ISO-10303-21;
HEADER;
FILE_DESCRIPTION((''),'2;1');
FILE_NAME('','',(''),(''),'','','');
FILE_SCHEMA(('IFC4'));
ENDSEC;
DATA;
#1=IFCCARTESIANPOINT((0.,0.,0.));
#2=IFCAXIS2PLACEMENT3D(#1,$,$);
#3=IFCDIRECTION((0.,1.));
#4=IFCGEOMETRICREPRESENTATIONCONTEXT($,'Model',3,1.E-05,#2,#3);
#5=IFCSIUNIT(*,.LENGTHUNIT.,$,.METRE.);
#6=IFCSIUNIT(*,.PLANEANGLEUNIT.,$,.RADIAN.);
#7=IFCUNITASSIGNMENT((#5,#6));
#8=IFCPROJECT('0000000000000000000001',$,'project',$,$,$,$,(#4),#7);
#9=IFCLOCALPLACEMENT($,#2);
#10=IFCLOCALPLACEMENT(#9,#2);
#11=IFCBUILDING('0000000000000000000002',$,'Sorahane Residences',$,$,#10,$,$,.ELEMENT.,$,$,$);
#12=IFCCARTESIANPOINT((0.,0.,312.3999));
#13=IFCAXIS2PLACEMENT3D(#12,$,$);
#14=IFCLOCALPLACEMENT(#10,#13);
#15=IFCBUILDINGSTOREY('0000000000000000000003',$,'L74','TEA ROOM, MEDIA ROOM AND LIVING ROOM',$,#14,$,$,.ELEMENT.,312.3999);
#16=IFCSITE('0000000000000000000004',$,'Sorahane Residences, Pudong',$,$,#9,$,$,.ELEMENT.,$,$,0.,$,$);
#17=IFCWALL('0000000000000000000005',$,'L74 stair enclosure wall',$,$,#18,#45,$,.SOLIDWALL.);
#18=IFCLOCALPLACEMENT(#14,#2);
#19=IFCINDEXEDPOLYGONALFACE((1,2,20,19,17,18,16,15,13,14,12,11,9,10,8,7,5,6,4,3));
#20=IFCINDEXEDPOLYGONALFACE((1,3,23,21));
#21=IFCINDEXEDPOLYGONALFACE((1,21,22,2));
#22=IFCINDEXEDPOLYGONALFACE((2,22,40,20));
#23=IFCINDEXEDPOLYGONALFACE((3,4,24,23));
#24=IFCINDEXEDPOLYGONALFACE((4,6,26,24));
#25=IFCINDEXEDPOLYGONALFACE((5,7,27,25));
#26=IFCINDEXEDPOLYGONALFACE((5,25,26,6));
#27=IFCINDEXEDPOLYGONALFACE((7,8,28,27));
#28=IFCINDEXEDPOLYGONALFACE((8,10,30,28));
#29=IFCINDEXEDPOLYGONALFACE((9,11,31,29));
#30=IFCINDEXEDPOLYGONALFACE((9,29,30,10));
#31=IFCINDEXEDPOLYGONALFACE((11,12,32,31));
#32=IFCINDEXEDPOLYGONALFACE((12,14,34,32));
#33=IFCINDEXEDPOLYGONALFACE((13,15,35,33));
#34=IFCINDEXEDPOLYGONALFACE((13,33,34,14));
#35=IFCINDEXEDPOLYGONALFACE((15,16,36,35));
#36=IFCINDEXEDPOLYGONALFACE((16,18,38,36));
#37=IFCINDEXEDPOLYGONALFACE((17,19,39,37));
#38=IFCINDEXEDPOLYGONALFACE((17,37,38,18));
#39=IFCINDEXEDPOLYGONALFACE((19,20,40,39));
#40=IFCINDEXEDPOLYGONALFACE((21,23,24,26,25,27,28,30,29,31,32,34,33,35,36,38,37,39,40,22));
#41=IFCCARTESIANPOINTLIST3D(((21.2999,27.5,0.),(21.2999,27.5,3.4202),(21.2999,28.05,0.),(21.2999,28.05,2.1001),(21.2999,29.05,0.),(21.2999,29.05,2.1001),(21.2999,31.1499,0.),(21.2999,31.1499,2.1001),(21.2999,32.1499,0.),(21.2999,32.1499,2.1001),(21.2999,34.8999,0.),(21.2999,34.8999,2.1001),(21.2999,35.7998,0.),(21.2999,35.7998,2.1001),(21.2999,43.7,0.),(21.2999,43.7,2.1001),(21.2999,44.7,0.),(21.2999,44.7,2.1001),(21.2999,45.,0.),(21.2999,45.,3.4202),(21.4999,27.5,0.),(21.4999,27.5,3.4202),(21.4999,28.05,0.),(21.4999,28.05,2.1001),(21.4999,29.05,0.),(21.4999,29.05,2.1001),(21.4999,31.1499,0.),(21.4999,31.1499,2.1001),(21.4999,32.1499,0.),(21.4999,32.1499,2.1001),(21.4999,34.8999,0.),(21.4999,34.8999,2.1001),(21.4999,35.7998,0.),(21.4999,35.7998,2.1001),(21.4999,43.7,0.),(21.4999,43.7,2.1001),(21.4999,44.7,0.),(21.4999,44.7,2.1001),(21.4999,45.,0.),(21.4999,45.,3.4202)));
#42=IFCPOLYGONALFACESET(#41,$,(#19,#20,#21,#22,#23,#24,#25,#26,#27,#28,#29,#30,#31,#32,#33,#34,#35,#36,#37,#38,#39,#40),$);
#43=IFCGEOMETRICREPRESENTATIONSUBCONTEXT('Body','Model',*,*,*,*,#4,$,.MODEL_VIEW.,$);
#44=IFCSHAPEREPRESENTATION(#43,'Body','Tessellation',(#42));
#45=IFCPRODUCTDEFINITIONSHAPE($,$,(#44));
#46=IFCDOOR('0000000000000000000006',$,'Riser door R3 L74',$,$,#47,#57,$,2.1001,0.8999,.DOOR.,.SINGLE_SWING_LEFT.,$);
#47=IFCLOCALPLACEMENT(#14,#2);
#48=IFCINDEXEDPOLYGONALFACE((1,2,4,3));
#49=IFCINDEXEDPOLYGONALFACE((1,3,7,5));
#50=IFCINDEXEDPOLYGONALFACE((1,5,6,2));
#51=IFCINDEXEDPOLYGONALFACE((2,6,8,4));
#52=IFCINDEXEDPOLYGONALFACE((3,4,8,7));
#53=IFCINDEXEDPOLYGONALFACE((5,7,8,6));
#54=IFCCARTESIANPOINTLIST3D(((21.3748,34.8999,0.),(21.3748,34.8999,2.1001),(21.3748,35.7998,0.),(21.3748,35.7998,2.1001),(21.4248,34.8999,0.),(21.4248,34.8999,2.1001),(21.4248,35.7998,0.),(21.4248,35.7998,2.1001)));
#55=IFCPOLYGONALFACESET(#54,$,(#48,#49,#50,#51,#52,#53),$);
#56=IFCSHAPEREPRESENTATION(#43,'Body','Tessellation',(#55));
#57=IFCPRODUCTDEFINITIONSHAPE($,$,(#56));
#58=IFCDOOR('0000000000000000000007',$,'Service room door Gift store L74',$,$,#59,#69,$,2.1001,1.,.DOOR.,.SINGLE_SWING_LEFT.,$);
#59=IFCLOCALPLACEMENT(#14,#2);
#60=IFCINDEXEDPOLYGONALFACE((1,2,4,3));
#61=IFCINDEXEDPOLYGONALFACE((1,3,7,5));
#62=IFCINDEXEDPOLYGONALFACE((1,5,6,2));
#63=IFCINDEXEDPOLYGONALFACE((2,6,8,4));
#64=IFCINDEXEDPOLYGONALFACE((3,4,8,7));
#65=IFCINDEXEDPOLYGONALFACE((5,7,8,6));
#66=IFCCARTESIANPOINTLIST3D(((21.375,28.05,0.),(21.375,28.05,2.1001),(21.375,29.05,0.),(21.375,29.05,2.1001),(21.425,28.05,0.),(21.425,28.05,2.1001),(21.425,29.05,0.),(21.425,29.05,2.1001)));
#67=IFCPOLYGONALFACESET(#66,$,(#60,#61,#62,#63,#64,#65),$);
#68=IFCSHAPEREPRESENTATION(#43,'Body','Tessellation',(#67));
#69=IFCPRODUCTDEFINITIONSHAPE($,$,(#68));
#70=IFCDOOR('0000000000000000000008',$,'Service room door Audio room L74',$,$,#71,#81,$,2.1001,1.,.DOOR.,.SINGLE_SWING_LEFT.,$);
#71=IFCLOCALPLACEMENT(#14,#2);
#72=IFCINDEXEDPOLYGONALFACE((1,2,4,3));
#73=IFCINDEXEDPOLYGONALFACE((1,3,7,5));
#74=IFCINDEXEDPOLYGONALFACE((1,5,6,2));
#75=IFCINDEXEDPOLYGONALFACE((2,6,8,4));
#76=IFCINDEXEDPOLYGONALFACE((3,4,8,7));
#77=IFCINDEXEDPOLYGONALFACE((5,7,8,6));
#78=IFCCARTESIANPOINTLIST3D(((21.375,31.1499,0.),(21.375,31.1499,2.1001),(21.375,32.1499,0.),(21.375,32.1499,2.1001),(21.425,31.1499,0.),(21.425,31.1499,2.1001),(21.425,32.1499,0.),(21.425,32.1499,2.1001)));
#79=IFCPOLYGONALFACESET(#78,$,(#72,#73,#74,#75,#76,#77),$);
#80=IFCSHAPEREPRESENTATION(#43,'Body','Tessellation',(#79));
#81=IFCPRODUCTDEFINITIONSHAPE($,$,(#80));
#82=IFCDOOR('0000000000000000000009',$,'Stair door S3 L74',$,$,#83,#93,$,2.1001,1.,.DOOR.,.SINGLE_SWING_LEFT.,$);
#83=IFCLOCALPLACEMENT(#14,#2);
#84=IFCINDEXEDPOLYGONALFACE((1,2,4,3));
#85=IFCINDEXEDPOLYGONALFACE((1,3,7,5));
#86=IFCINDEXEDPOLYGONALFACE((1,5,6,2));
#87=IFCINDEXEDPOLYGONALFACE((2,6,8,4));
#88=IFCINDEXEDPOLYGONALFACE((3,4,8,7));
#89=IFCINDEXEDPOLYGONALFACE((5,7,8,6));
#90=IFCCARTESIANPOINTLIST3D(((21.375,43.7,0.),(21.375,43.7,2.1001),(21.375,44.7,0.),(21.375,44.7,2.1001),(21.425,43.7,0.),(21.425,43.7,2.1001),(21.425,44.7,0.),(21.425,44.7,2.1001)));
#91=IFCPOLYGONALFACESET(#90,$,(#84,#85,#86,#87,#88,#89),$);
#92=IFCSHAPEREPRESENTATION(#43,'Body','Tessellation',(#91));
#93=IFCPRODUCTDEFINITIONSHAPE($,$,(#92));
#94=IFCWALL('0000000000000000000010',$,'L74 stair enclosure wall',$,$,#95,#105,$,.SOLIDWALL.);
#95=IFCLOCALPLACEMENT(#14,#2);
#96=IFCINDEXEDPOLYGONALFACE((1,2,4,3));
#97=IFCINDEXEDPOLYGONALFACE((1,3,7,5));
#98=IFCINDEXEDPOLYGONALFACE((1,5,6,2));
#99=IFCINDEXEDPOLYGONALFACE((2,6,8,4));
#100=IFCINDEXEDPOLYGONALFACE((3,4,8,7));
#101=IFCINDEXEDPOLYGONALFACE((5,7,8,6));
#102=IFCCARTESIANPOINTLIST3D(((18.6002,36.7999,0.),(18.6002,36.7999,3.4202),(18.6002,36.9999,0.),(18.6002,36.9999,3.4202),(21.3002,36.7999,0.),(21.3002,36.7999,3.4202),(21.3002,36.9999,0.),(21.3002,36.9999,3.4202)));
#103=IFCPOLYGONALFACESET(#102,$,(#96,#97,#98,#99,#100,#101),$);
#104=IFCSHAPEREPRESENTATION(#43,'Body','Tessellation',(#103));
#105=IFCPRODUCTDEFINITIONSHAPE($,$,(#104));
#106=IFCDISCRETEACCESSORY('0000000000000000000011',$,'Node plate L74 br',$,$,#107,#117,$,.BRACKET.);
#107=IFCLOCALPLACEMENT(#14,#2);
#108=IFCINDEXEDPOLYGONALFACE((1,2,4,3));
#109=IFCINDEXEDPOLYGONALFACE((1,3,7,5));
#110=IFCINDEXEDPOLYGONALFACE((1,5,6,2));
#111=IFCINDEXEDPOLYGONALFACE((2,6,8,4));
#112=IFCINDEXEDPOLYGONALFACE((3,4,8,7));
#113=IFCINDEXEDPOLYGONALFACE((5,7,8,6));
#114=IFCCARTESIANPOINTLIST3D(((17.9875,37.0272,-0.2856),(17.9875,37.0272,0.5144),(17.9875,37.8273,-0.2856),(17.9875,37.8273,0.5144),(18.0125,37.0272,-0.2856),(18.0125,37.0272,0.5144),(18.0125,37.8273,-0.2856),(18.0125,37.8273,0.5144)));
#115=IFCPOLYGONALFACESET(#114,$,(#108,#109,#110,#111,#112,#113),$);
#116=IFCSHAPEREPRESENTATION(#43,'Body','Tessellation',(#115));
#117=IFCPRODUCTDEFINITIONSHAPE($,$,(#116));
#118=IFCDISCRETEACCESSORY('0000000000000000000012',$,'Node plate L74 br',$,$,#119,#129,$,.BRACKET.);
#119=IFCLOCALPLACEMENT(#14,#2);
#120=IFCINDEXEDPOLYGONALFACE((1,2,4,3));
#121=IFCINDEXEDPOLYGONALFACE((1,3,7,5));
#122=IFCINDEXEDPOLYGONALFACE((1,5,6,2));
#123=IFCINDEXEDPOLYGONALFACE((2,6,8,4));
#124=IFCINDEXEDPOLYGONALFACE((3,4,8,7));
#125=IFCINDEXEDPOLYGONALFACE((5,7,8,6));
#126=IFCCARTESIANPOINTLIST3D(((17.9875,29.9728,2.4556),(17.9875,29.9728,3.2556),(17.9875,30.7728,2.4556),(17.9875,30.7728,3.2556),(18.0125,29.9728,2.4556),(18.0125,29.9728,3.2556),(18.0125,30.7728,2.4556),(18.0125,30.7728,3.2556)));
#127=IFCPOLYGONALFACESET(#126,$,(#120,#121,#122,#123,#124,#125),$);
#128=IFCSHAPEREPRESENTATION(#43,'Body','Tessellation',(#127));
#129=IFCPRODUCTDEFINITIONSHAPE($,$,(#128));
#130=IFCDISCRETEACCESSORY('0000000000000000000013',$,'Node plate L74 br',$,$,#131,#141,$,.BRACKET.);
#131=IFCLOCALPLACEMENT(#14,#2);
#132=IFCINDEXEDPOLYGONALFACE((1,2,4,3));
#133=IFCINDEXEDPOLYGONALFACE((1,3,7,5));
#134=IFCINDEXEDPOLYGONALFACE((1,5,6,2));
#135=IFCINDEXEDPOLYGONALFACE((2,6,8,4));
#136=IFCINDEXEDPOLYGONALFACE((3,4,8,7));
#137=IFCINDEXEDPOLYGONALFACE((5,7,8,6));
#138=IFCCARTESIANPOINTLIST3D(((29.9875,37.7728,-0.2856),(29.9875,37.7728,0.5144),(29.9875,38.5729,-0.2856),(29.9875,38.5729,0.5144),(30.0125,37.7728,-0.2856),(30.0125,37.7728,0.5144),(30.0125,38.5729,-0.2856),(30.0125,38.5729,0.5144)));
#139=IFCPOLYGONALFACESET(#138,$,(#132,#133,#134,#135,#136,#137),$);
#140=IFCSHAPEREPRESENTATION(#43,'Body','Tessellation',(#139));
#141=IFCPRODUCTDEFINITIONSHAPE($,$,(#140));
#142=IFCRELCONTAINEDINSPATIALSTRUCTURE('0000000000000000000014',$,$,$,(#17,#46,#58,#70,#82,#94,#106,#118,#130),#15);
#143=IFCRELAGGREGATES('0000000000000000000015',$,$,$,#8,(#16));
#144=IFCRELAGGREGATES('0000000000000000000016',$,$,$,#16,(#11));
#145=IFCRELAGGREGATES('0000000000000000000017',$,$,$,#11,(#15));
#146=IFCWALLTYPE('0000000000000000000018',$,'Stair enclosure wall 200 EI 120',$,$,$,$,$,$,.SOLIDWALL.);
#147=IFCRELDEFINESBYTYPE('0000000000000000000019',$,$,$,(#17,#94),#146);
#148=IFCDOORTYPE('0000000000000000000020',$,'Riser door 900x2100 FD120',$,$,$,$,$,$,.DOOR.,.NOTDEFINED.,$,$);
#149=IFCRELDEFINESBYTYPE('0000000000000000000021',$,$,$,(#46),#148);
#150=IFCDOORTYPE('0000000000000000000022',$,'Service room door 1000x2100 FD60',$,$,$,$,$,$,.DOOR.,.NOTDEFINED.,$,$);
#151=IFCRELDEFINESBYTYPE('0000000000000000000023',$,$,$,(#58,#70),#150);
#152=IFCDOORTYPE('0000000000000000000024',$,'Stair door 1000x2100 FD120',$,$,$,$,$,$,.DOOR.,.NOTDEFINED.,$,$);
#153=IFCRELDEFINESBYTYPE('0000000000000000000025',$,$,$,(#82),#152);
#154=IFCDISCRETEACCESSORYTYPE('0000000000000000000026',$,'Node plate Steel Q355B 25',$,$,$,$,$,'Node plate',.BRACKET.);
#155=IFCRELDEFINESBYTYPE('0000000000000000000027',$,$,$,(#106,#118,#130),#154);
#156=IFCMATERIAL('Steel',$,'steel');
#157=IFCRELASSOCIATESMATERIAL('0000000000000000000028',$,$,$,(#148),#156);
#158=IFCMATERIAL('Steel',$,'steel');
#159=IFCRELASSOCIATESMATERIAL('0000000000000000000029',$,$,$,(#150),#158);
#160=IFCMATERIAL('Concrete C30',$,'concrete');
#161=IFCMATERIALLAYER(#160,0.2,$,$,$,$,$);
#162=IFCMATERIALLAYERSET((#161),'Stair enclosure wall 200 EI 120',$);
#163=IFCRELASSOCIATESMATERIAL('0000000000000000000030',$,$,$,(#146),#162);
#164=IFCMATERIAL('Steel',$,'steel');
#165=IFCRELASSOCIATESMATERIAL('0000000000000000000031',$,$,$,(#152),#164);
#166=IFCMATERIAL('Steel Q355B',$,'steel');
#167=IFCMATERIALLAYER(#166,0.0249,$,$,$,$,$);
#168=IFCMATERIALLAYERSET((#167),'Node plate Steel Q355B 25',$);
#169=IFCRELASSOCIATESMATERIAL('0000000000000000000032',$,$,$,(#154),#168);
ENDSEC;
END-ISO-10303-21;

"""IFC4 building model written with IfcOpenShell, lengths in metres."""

from ifc_helpers import new_model, si_unit, direction, frame, frame_2d, origin, origin_2d, place, context, subcontext, project, spatial, rectangle, extrude, material, layer, layer_set, type_object, element, fill, save


model = new_model("IFC4")

# Units and contexts
model_context = context("Model", 3, precision=1e-05, world=origin(), true_north=direction((0.0, 1.0)))
body_context = subcontext(model_context, "Body", "Model", "MODEL_VIEW")
ifc_project = project(units=[si_unit("LENGTHUNIT", "METRE"), si_unit("PLANEANGLEUNIT", "RADIAN")], contexts=[model_context])

# Site, building, storey
site_placement = place(None, origin())
site = spatial("IfcSite", under=ifc_project, at=site_placement, Name="Sorahane Residences, Pudong", CompositionType="ELEMENT", RefElevation=0.0)
building_placement = place(site_placement, origin())
building = spatial("IfcBuilding", under=site, at=building_placement, Name="Sorahane Residences", CompositionType="ELEMENT")
storey_placement = place(building_placement, frame((0.0, 0.0, 312.3999)))
storey = spatial("IfcBuildingStorey", under=building, at=storey_placement, Name="L74", Description="TEA ROOM, MEDIA ROOM AND LIVING ROOM", CompositionType="ELEMENT", Elevation=312.3999)

# Shared definitions
ifc_material_1 = material(Name="Steel", Category="steel")
door_type_1 = type_object("IfcDoorType", Name="Riser door 900x2100 FD120", OperationType="NOTDEFINED", PredefinedType="DOOR", material=ifc_material_1)
ifc_material_2 = material(Name="Steel", Category="steel")
door_type_2 = type_object("IfcDoorType", Name="Service room door 1000x2100 FD60", OperationType="NOTDEFINED", PredefinedType="DOOR", material=ifc_material_2)

# Wall, openings, doors
ifc_material_3 = material(Name="Concrete C30", Category="concrete")
ifc_layer_1 = layer(ifc_material_3, 0.2)
ifc_layer_set_1 = layer_set([ifc_layer_1], Name="Stair enclosure wall 200 EI 120")
wall_type_1 = type_object("IfcWallType", Name="Stair enclosure wall 200 EI 120", PredefinedType="SOLIDWALL", material=ifc_layer_set_1)
wall_1_placement = place(storey_placement, frame((21.3999, 27.5, 0.0), z_axis=(0.0, 0.0, 1.0), x_axis=(0.0, 1.0, 0.0)))
wall_1 = element("IfcWall", 1, at=wall_1_placement, inside=storey, type_object=wall_type_1, Name="L74 stair enclosure wall", PredefinedType="SOLIDWALL", context=body_context, shape_type="SweptSolid", body=[
    extrude(rectangle(XDim=17.5, YDim=0.2, at=frame_2d((8.75, 0.0))), origin(), (0.0, 0.0, 1.0), 3.4202),
])
opening_1_placement = place(wall_1_placement, frame((0.55, 0.0, 0.0)))
opening_1 = element("IfcOpeningElement", 2, at=opening_1_placement, cuts=wall_1, PredefinedType="OPENING", context=body_context, shape_type="SweptSolid", body=[
    extrude(rectangle(XDim=1.0, YDim=2.1001, at=frame_2d((0.5, 1.05))), frame((0.0, 0.1099, 0.0), z_axis=(0.0, -1.0, 0.0), x_axis=(1.0, 0.0, 0.0)), (0.0, 0.0, 1.0), 0.22),
])
opening_2_placement = place(wall_1_placement, frame((3.6499, 0.0, 0.0)))
opening_2 = element("IfcOpeningElement", 3, at=opening_2_placement, cuts=wall_1, PredefinedType="OPENING", context=body_context, shape_type="SweptSolid", body=[
    extrude(rectangle(XDim=1.0, YDim=2.1001, at=frame_2d((0.5, 1.05))), frame((0.0, 0.1099, 0.0), z_axis=(0.0, -1.0, 0.0), x_axis=(1.0, 0.0, 0.0)), (0.0, 0.0, 1.0), 0.22),
])
opening_3_placement = place(wall_1_placement, frame((16.2, 0.0, 0.0)))
opening_3 = element("IfcOpeningElement", 4, at=opening_3_placement, cuts=wall_1, PredefinedType="OPENING", context=body_context, shape_type="SweptSolid", body=[
    extrude(rectangle(XDim=1.0, YDim=2.1001, at=frame_2d((0.5, 1.05))), frame((0.0, 0.1099, 0.0), z_axis=(0.0, -1.0, 0.0), x_axis=(1.0, 0.0, 0.0)), (0.0, 0.0, 1.0), 0.22),
])
opening_4_placement = place(wall_1_placement, frame((7.3999, 0.0, 0.0)))
opening_4 = element("IfcOpeningElement", 5, at=opening_4_placement, cuts=wall_1, PredefinedType="OPENING", context=body_context, shape_type="SweptSolid", body=[
    extrude(rectangle(XDim=0.8999, YDim=2.1001, at=frame_2d((0.45, 1.05))), frame((0.0, 0.1099, 0.0), z_axis=(0.0, -1.0, 0.0), x_axis=(1.0, 0.0, 0.0)), (0.0, 0.0, 1.0), 0.22),
])
door_1_placement = place(opening_4_placement, frame((0.8999, 0.0, 0.0), z_axis=(0.0, 0.0, 1.0), x_axis=(-1.0, 0.0, 0.0)))
door_1 = element("IfcDoor", 6, at=door_1_placement, inside=storey, type_object=door_type_1, Name="Riser door R3 L74", OperationType="SINGLE_SWING_LEFT", OverallHeight=2.1001, OverallWidth=0.8999, PredefinedType="DOOR", context=body_context, shape_type="SweptSolid", body=[
    extrude(rectangle(XDim=0.8999, YDim=2.1001, at=frame_2d((0.45, 1.05))), frame((0.0, 0.0249, 0.0), z_axis=(0.0, -1.0, 0.0), x_axis=(1.0, 0.0, 0.0)), (0.0, 0.0, 1.0), 0.05),
])
fill(opening_4, door_1)
door_2_placement = place(opening_1_placement, origin())
door_2 = element("IfcDoor", 7, at=door_2_placement, inside=storey, type_object=door_type_2, Name="Service room door Gift store L74", OperationType="SINGLE_SWING_LEFT", OverallHeight=2.1001, OverallWidth=1.0, PredefinedType="DOOR", context=body_context, shape_type="SweptSolid", body=[
    extrude(rectangle(XDim=1.0, YDim=2.1001, at=frame_2d((0.5, 1.05))), frame((0.0, 0.0249, 0.0), z_axis=(0.0, -1.0, 0.0), x_axis=(1.0, 0.0, 0.0)), (0.0, 0.0, 1.0), 0.05),
])
fill(opening_1, door_2)
door_3_placement = place(opening_2_placement, origin())
door_3 = element("IfcDoor", 8, at=door_3_placement, inside=storey, type_object=door_type_2, Name="Service room door Audio room L74", OperationType="SINGLE_SWING_LEFT", OverallHeight=2.1001, OverallWidth=1.0, PredefinedType="DOOR", context=body_context, shape_type="SweptSolid", body=[
    extrude(rectangle(XDim=1.0, YDim=2.1001, at=frame_2d((0.5, 1.05))), frame((0.0, 0.0249, 0.0), z_axis=(0.0, -1.0, 0.0), x_axis=(1.0, 0.0, 0.0)), (0.0, 0.0, 1.0), 0.05),
])
fill(opening_2, door_3)
ifc_material_4 = material(Name="Steel", Category="steel")
door_type_3 = type_object("IfcDoorType", Name="Stair door 1000x2100 FD120", OperationType="NOTDEFINED", PredefinedType="DOOR", material=ifc_material_4)
door_4_placement = place(opening_3_placement, origin())
door_4 = element("IfcDoor", 9, at=door_4_placement, inside=storey, type_object=door_type_3, Name="Stair door S3 L74", OperationType="SINGLE_SWING_LEFT", OverallHeight=2.1001, OverallWidth=1.0, PredefinedType="DOOR", context=body_context, shape_type="SweptSolid", body=[
    extrude(rectangle(XDim=1.0, YDim=2.1001, at=frame_2d((0.5, 1.05))), frame((0.0, 0.0249, 0.0), z_axis=(0.0, -1.0, 0.0), x_axis=(1.0, 0.0, 0.0)), (0.0, 0.0, 1.0), 0.05),
])
fill(opening_3, door_4)

# Wall
wall_2_placement = place(storey_placement, frame((18.6001, 36.8999, 0.0), z_axis=(0.0, 0.0, 1.0), x_axis=(1.0, 0.0, 0.0)))
element("IfcWall", 10, at=wall_2_placement, inside=storey, type_object=wall_type_1, Name="L74 stair enclosure wall", PredefinedType="SOLIDWALL", context=body_context, shape_type="SweptSolid", body=[
    extrude(rectangle(XDim=2.7, YDim=0.2, at=frame_2d((1.3501, 0.0))), origin(), (0.0, 0.0, 1.0), 3.4202),
])

# Discrete accessories
ifc_material_5 = material(Name="Steel Q355B", Category="steel")
ifc_layer_2 = layer(ifc_material_5, 0.0249)
ifc_layer_set_2 = layer_set([ifc_layer_2], Name="Node plate Steel Q355B 25")
discrete_accessory_type = type_object("IfcDiscreteAccessoryType", Name="Node plate Steel Q355B 25", ElementType="Node plate", PredefinedType="BRACKET", material=ifc_layer_set_2)
for number, where, z_axis, x_axis, name in (
    (11, (18.0, 37.4272, -0.2856), (0.0, 0.0, 1.0), (0.0, 1.0, 0.0), "Node plate L74 br"),
    (12, (18.0, 30.3728, 2.4556), (0.0, 0.0, 1.0), (0.0, 1.0, 0.0), "Node plate L74 br"),
    (13, (30.0, 38.1729, -0.2856), (0.0, 0.0, 1.0), (0.0, 1.0, 0.0), "Node plate L74 br"),
):
    element("IfcDiscreteAccessory", number, at=place(storey_placement, frame(where, z_axis=z_axis, x_axis=x_axis)), inside=storey, type_object=discrete_accessory_type, Name=name, PredefinedType="BRACKET", context=body_context, shape_type="SweptSolid", body=[
        extrude(rectangle(XDim=0.8, YDim=0.0249, at=origin_2d()), origin(), (0.0, 0.0, 1.0), 0.8),
    ])

save(model, "model.ifc")
